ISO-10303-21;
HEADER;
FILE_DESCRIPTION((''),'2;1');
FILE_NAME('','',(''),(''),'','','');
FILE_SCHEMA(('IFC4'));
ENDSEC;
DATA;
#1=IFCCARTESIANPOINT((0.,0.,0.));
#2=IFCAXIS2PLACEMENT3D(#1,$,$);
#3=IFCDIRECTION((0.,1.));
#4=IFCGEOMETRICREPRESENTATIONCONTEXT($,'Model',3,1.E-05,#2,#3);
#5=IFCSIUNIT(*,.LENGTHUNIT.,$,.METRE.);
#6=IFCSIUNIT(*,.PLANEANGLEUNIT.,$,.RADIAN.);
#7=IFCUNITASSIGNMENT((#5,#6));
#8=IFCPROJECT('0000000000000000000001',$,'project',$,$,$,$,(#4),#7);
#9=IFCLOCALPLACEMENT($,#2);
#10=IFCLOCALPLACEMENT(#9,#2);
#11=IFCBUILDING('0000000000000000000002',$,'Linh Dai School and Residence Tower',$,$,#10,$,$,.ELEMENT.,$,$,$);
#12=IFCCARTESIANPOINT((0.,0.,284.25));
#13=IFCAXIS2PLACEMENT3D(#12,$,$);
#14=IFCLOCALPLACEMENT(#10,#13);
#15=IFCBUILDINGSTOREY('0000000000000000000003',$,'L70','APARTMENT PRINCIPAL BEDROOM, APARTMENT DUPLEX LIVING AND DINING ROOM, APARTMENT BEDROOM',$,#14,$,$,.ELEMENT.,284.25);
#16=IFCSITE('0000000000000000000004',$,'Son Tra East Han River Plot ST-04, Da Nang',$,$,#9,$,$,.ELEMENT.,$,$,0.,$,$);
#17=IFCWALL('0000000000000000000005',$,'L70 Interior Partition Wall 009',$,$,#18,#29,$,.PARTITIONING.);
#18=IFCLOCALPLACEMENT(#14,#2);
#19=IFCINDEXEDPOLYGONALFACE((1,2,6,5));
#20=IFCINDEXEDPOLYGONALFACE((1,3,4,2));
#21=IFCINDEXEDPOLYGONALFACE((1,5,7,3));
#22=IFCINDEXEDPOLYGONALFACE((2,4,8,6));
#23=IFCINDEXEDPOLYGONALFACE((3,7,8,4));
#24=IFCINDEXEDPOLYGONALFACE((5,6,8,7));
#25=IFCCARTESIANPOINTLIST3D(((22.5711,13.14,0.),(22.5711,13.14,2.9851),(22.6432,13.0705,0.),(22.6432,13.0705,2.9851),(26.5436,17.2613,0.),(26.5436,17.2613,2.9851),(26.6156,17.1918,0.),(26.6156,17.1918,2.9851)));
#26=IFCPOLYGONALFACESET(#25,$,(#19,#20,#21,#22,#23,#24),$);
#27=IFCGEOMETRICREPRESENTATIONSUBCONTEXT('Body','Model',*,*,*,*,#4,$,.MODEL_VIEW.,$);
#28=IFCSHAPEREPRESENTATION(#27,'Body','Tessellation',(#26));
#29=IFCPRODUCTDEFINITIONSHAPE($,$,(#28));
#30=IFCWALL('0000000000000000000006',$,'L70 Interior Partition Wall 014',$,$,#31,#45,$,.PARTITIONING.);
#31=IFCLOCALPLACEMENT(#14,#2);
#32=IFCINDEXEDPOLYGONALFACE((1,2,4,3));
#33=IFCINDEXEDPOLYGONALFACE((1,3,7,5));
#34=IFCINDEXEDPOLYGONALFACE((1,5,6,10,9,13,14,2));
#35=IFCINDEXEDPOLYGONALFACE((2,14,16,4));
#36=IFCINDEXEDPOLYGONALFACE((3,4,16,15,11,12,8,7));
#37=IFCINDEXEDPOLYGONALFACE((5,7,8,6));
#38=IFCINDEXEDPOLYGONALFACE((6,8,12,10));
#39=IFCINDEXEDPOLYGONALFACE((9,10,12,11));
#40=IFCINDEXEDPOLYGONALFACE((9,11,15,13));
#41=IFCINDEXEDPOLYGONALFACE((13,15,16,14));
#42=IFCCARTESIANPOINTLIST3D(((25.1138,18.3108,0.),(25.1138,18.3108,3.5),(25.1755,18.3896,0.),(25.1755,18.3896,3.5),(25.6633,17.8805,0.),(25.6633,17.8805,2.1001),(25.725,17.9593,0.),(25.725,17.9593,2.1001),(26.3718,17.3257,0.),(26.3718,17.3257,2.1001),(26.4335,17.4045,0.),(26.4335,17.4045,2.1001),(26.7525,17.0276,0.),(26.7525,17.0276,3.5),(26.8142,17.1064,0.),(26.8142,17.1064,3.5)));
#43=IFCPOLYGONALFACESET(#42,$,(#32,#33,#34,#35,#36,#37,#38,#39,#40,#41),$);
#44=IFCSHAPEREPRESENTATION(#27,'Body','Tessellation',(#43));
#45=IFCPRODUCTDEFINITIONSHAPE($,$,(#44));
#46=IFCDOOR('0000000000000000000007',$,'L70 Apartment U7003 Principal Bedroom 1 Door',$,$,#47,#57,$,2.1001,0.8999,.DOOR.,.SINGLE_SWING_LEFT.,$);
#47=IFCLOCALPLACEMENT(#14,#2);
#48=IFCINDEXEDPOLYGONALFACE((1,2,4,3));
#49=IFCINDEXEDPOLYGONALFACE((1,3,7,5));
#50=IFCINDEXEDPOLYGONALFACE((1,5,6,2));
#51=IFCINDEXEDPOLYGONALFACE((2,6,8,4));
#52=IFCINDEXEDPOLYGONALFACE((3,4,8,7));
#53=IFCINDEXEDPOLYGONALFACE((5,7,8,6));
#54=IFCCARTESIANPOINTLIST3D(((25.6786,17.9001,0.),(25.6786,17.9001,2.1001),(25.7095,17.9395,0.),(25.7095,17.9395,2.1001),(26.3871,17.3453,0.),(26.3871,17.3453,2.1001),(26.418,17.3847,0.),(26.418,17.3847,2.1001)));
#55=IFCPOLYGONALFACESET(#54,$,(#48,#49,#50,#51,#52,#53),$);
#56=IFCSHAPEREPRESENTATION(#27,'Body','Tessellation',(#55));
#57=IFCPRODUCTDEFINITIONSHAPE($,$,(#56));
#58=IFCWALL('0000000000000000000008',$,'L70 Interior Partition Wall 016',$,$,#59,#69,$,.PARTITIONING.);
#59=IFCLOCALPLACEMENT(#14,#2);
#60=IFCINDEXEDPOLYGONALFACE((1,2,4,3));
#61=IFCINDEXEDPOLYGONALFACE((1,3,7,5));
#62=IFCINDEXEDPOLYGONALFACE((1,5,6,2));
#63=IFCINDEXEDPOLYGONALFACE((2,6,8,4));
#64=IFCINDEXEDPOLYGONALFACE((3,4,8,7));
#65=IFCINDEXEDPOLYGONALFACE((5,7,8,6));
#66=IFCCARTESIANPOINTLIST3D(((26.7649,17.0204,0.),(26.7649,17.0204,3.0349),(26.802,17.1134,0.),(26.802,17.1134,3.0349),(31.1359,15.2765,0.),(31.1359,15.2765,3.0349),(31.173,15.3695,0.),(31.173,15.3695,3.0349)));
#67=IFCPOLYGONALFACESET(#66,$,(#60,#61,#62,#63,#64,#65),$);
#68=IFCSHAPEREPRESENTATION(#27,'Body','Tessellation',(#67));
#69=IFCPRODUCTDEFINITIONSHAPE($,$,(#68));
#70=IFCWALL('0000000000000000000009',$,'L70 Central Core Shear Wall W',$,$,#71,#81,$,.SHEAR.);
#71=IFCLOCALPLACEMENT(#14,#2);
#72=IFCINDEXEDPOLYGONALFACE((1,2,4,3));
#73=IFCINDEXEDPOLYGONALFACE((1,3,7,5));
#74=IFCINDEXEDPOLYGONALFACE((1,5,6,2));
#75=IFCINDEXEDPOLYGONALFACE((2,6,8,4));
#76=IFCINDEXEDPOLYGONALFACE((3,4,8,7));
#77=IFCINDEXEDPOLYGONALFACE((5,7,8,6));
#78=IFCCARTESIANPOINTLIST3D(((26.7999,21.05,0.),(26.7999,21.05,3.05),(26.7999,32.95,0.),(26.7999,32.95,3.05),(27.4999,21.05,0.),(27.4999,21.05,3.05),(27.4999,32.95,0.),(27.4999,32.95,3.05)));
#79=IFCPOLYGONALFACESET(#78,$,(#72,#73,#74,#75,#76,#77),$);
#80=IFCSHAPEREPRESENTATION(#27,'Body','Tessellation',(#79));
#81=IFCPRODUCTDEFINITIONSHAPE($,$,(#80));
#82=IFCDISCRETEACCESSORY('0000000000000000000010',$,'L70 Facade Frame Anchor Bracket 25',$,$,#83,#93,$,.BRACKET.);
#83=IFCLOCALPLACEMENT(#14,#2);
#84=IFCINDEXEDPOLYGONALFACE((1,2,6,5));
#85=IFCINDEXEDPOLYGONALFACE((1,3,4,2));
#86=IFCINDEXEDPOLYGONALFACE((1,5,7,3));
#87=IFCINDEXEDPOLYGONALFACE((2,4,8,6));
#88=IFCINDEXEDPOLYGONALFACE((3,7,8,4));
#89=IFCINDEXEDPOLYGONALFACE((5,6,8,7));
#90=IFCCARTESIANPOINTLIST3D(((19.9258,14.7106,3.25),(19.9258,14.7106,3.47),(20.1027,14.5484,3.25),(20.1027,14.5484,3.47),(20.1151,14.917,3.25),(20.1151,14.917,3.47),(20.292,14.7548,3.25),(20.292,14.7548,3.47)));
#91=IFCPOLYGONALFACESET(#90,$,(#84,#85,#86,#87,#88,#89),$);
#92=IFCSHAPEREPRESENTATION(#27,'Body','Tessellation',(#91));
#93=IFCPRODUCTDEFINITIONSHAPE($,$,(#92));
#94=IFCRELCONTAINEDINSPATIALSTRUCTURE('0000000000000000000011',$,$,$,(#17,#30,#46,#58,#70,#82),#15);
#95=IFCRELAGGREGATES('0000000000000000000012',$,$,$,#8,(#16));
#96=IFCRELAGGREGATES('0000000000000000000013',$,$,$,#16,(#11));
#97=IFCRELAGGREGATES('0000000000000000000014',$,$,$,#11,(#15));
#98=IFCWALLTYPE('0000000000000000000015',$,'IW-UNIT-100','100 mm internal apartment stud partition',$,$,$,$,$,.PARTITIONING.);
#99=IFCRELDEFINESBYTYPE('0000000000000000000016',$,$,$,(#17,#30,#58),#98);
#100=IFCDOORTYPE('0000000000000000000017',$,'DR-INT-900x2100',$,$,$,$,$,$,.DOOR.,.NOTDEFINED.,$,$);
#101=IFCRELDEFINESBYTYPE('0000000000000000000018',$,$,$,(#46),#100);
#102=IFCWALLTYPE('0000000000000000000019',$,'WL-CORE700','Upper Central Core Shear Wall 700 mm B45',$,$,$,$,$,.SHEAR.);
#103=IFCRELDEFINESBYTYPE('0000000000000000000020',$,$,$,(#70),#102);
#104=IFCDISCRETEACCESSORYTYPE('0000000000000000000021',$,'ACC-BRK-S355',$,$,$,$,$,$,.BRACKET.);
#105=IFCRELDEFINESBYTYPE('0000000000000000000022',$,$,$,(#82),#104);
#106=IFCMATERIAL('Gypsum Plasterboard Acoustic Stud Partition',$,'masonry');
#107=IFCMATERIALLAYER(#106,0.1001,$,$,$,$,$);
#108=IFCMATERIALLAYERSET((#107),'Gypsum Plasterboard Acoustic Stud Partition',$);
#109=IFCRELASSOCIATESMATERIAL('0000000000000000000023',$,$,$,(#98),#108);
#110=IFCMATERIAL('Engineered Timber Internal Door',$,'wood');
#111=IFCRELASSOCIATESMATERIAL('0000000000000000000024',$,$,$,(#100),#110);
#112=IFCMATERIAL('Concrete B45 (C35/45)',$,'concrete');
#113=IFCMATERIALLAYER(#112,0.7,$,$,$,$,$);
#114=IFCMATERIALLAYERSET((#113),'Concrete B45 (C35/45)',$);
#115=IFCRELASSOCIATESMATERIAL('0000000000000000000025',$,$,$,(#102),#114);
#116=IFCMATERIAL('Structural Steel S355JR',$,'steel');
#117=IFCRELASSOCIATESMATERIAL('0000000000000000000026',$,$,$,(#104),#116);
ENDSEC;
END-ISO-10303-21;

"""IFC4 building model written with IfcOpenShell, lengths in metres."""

from ifc_helpers import new_model, si_unit, direction, frame, frame_2d, origin, origin_2d, place, context, subcontext, project, spatial, rectangle, extrude, source, transform, mapped, material, layer, layer_set, type_object, element, fill, save


model = new_model("IFC4")

# Units and contexts
model_context = context("Model", 3, precision=1e-05, world=origin(), true_north=direction((0.0, 1.0)))
body_context = subcontext(model_context, "Body", "Model", "MODEL_VIEW")
ifc_project = project(units=[si_unit("LENGTHUNIT", "METRE"), si_unit("PLANEANGLEUNIT", "RADIAN")], contexts=[model_context])

# Site, building, storey
site_placement = place(None, origin())
site = spatial("IfcSite", under=ifc_project, at=site_placement, Name="Son Tra East Han River Plot ST-04, Da Nang", CompositionType="ELEMENT", RefElevation=0.0)
building_placement = place(site_placement, origin())
building = spatial("IfcBuilding", under=site, at=building_placement, Name="Linh Dai School and Residence Tower", CompositionType="ELEMENT")
storey_placement = place(building_placement, frame((0.0, 0.0, 284.25)))
storey = spatial("IfcBuildingStorey", under=building, at=storey_placement, Name="L70", Description="APARTMENT PRINCIPAL BEDROOM, APARTMENT DUPLEX LIVING AND DINING ROOM, APARTMENT BEDROOM", CompositionType="ELEMENT", Elevation=284.25)

# Shared definitions
ifc_material_1 = material(Name="Concrete B45 (C35/45)", Category="concrete")
ifc_material_2 = material(Name="Structural Steel S355JR", Category="steel")

# Wall
ifc_material_3 = material(Name="Gypsum Plasterboard Acoustic Stud Partition", Category="masonry")
ifc_layer_1 = layer(ifc_material_3, 0.1001)
ifc_layer_set_1 = layer_set([ifc_layer_1], Name="Gypsum Plasterboard Acoustic Stud Partition")
wall_type_1 = type_object("IfcWallType", Name="IW-UNIT-100", Description="100 mm internal apartment stud partition", PredefinedType="PARTITIONING", material=ifc_layer_set_1)
wall_1_placement = place(storey_placement, frame((22.6072, 13.1052, 0.0), z_axis=(0.0, 0.0, 1.0), x_axis=(0.693978, 0.719996, 0.0)))
element("IfcWall", 1, at=wall_1_placement, inside=storey, type_object=wall_type_1, Name="L70 Interior Partition Wall 009", PredefinedType="PARTITIONING", context=body_context, shape_type="SweptSolid", body=[
    extrude(rectangle(XDim=5.7241, YDim=0.1001, at=frame_2d((2.8621, 0.0))), origin(), (0.0, 0.0, 1.0), 2.9851),
])

# Wall, opening, door
wall_2_placement = place(storey_placement, frame((25.1448, 18.3501, 0.0), z_axis=(0.0, 0.0, 1.0), x_axis=(0.787327, -0.616536, 0.0)))
wall_2 = element("IfcWall", 2, at=wall_2_placement, inside=storey, type_object=wall_type_1, Name="L70 Interior Partition Wall 014", PredefinedType="PARTITIONING", context=body_context, shape_type="SweptSolid", body=[
    extrude(rectangle(XDim=2.0813, YDim=0.1001, at=frame_2d((1.0405, 0.0))), origin(), (0.0, 0.0, 1.0), 3.5),
])
opening_1_placement = place(wall_2_placement, frame((0.6978, 0.0, 0.0)))
opening_1 = element("IfcOpeningElement", 3, at=opening_1_placement, cuts=wall_2, PredefinedType="OPENING", context=body_context, shape_type="SweptSolid", body=[
    extrude(rectangle(XDim=0.8999, YDim=2.1001, at=origin_2d()), frame((0.45, 0.0601, 1.05), z_axis=(0.0, -1.0, 0.0), x_axis=(1.0, 0.0, 0.0)), (0.0, 0.0, 1.0), 0.1201),
])
ifc_material_4 = material(Name="Engineered Timber Internal Door", Category="wood")
door_type_1 = type_object("IfcDoorType", Name="DR-INT-900x2100", OperationType="NOTDEFINED", PredefinedType="DOOR", material=ifc_material_4)
shared_shape_1 = source(origin(), body_context, "Body", "SweptSolid", [
    extrude(rectangle(XDim=0.8999, YDim=2.1001, at=origin_2d()), frame((0.45, 0.0249, 1.05), z_axis=(0.0, -1.0, 0.0), x_axis=(1.0, 0.0, 0.0)), (0.0, 0.0, 1.0), 0.05),
])
door_1_placement = place(opening_1_placement, origin())
door_1 = element("IfcDoor", 4, at=door_1_placement, inside=storey, type_object=door_type_1, Name="L70 Apartment U7003 Principal Bedroom 1 Door", OperationType="SINGLE_SWING_LEFT", OverallHeight=2.1001, OverallWidth=0.8999, PredefinedType="DOOR", context=body_context, shape_type="MappedRepresentation", body=[
    mapped(shared_shape_1, transform((0.0, 0.0, 0.0), x_axis=(1.0, 0.0, 0.0), y_axis=(0.0, 1.0, 0.0), z_axis=(0.0, 0.0, 1.0), scale=1.0)),
])
fill(opening_1, door_1)

# Walls
wall_3_placement = place(storey_placement, frame((26.7834, 17.0669, 0.0), z_axis=(0.0, 0.0, 1.0), x_axis=(0.928809, -0.370559, 0.0)))
element("IfcWall", 5, at=wall_3_placement, inside=storey, type_object=wall_type_1, Name="L70 Interior Partition Wall 016", PredefinedType="PARTITIONING", context=body_context, shape_type="SweptSolid", body=[
    extrude(rectangle(XDim=4.7061, YDim=0.1001, at=frame_2d((2.353, 0.0))), origin(), (0.0, 0.0, 1.0), 3.0349),
])
ifc_layer_2 = layer(ifc_material_1, 0.7)
ifc_layer_set_2 = layer_set([ifc_layer_2], Name="Concrete B45 (C35/45)")
wall_type_2 = type_object("IfcWallType", Name="WL-CORE700", Description="Upper Central Core Shear Wall 700 mm B45", PredefinedType="SHEAR", material=ifc_layer_set_2)
wall_4_placement = place(storey_placement, frame((27.1499, 21.05, 0.0), z_axis=(0.0, 0.0, 1.0), x_axis=(0.0, 1.0, 0.0)))
element("IfcWall", 6, at=wall_4_placement, inside=storey, type_object=wall_type_2, Name="L70 Central Core Shear Wall W", PredefinedType="SHEAR", context=body_context, shape_type="SweptSolid", body=[
    extrude(rectangle(XDim=11.8999, YDim=0.7, at=frame_2d((5.95, 0.0))), origin(), (0.0, 0.0, 1.0), 3.05),
])

# Discrete accessory
discrete_accessory_type = type_object("IfcDiscreteAccessoryType", Name="ACC-BRK-S355", PredefinedType="BRACKET", material=ifc_material_2)
shared_shape_2 = source(origin(), body_context, "Body", "SweptSolid", [
    extrude(rectangle(XDim=0.28, YDim=0.24, at=origin_2d()), origin(), (0.0, 0.0, 1.0), 0.22),
])
discrete_accessory_placement = place(storey_placement, frame((20.1089, 14.7327, 3.25), z_axis=(0.0, 0.0, 1.0), x_axis=(-0.675779, -0.737104, 0.0)))
element("IfcDiscreteAccessory", 7, at=discrete_accessory_placement, inside=storey, type_object=discrete_accessory_type, Name="L70 Facade Frame Anchor Bracket 25", PredefinedType="BRACKET", context=body_context, shape_type="MappedRepresentation", body=[
    mapped(shared_shape_2, transform((0.0, 0.0, 0.0), x_axis=(1.0, 0.0, 0.0), y_axis=(0.0, 1.0, 0.0), z_axis=(0.0, 0.0, 1.0), scale=1.0)),
])

save(model, "model.ifc")
